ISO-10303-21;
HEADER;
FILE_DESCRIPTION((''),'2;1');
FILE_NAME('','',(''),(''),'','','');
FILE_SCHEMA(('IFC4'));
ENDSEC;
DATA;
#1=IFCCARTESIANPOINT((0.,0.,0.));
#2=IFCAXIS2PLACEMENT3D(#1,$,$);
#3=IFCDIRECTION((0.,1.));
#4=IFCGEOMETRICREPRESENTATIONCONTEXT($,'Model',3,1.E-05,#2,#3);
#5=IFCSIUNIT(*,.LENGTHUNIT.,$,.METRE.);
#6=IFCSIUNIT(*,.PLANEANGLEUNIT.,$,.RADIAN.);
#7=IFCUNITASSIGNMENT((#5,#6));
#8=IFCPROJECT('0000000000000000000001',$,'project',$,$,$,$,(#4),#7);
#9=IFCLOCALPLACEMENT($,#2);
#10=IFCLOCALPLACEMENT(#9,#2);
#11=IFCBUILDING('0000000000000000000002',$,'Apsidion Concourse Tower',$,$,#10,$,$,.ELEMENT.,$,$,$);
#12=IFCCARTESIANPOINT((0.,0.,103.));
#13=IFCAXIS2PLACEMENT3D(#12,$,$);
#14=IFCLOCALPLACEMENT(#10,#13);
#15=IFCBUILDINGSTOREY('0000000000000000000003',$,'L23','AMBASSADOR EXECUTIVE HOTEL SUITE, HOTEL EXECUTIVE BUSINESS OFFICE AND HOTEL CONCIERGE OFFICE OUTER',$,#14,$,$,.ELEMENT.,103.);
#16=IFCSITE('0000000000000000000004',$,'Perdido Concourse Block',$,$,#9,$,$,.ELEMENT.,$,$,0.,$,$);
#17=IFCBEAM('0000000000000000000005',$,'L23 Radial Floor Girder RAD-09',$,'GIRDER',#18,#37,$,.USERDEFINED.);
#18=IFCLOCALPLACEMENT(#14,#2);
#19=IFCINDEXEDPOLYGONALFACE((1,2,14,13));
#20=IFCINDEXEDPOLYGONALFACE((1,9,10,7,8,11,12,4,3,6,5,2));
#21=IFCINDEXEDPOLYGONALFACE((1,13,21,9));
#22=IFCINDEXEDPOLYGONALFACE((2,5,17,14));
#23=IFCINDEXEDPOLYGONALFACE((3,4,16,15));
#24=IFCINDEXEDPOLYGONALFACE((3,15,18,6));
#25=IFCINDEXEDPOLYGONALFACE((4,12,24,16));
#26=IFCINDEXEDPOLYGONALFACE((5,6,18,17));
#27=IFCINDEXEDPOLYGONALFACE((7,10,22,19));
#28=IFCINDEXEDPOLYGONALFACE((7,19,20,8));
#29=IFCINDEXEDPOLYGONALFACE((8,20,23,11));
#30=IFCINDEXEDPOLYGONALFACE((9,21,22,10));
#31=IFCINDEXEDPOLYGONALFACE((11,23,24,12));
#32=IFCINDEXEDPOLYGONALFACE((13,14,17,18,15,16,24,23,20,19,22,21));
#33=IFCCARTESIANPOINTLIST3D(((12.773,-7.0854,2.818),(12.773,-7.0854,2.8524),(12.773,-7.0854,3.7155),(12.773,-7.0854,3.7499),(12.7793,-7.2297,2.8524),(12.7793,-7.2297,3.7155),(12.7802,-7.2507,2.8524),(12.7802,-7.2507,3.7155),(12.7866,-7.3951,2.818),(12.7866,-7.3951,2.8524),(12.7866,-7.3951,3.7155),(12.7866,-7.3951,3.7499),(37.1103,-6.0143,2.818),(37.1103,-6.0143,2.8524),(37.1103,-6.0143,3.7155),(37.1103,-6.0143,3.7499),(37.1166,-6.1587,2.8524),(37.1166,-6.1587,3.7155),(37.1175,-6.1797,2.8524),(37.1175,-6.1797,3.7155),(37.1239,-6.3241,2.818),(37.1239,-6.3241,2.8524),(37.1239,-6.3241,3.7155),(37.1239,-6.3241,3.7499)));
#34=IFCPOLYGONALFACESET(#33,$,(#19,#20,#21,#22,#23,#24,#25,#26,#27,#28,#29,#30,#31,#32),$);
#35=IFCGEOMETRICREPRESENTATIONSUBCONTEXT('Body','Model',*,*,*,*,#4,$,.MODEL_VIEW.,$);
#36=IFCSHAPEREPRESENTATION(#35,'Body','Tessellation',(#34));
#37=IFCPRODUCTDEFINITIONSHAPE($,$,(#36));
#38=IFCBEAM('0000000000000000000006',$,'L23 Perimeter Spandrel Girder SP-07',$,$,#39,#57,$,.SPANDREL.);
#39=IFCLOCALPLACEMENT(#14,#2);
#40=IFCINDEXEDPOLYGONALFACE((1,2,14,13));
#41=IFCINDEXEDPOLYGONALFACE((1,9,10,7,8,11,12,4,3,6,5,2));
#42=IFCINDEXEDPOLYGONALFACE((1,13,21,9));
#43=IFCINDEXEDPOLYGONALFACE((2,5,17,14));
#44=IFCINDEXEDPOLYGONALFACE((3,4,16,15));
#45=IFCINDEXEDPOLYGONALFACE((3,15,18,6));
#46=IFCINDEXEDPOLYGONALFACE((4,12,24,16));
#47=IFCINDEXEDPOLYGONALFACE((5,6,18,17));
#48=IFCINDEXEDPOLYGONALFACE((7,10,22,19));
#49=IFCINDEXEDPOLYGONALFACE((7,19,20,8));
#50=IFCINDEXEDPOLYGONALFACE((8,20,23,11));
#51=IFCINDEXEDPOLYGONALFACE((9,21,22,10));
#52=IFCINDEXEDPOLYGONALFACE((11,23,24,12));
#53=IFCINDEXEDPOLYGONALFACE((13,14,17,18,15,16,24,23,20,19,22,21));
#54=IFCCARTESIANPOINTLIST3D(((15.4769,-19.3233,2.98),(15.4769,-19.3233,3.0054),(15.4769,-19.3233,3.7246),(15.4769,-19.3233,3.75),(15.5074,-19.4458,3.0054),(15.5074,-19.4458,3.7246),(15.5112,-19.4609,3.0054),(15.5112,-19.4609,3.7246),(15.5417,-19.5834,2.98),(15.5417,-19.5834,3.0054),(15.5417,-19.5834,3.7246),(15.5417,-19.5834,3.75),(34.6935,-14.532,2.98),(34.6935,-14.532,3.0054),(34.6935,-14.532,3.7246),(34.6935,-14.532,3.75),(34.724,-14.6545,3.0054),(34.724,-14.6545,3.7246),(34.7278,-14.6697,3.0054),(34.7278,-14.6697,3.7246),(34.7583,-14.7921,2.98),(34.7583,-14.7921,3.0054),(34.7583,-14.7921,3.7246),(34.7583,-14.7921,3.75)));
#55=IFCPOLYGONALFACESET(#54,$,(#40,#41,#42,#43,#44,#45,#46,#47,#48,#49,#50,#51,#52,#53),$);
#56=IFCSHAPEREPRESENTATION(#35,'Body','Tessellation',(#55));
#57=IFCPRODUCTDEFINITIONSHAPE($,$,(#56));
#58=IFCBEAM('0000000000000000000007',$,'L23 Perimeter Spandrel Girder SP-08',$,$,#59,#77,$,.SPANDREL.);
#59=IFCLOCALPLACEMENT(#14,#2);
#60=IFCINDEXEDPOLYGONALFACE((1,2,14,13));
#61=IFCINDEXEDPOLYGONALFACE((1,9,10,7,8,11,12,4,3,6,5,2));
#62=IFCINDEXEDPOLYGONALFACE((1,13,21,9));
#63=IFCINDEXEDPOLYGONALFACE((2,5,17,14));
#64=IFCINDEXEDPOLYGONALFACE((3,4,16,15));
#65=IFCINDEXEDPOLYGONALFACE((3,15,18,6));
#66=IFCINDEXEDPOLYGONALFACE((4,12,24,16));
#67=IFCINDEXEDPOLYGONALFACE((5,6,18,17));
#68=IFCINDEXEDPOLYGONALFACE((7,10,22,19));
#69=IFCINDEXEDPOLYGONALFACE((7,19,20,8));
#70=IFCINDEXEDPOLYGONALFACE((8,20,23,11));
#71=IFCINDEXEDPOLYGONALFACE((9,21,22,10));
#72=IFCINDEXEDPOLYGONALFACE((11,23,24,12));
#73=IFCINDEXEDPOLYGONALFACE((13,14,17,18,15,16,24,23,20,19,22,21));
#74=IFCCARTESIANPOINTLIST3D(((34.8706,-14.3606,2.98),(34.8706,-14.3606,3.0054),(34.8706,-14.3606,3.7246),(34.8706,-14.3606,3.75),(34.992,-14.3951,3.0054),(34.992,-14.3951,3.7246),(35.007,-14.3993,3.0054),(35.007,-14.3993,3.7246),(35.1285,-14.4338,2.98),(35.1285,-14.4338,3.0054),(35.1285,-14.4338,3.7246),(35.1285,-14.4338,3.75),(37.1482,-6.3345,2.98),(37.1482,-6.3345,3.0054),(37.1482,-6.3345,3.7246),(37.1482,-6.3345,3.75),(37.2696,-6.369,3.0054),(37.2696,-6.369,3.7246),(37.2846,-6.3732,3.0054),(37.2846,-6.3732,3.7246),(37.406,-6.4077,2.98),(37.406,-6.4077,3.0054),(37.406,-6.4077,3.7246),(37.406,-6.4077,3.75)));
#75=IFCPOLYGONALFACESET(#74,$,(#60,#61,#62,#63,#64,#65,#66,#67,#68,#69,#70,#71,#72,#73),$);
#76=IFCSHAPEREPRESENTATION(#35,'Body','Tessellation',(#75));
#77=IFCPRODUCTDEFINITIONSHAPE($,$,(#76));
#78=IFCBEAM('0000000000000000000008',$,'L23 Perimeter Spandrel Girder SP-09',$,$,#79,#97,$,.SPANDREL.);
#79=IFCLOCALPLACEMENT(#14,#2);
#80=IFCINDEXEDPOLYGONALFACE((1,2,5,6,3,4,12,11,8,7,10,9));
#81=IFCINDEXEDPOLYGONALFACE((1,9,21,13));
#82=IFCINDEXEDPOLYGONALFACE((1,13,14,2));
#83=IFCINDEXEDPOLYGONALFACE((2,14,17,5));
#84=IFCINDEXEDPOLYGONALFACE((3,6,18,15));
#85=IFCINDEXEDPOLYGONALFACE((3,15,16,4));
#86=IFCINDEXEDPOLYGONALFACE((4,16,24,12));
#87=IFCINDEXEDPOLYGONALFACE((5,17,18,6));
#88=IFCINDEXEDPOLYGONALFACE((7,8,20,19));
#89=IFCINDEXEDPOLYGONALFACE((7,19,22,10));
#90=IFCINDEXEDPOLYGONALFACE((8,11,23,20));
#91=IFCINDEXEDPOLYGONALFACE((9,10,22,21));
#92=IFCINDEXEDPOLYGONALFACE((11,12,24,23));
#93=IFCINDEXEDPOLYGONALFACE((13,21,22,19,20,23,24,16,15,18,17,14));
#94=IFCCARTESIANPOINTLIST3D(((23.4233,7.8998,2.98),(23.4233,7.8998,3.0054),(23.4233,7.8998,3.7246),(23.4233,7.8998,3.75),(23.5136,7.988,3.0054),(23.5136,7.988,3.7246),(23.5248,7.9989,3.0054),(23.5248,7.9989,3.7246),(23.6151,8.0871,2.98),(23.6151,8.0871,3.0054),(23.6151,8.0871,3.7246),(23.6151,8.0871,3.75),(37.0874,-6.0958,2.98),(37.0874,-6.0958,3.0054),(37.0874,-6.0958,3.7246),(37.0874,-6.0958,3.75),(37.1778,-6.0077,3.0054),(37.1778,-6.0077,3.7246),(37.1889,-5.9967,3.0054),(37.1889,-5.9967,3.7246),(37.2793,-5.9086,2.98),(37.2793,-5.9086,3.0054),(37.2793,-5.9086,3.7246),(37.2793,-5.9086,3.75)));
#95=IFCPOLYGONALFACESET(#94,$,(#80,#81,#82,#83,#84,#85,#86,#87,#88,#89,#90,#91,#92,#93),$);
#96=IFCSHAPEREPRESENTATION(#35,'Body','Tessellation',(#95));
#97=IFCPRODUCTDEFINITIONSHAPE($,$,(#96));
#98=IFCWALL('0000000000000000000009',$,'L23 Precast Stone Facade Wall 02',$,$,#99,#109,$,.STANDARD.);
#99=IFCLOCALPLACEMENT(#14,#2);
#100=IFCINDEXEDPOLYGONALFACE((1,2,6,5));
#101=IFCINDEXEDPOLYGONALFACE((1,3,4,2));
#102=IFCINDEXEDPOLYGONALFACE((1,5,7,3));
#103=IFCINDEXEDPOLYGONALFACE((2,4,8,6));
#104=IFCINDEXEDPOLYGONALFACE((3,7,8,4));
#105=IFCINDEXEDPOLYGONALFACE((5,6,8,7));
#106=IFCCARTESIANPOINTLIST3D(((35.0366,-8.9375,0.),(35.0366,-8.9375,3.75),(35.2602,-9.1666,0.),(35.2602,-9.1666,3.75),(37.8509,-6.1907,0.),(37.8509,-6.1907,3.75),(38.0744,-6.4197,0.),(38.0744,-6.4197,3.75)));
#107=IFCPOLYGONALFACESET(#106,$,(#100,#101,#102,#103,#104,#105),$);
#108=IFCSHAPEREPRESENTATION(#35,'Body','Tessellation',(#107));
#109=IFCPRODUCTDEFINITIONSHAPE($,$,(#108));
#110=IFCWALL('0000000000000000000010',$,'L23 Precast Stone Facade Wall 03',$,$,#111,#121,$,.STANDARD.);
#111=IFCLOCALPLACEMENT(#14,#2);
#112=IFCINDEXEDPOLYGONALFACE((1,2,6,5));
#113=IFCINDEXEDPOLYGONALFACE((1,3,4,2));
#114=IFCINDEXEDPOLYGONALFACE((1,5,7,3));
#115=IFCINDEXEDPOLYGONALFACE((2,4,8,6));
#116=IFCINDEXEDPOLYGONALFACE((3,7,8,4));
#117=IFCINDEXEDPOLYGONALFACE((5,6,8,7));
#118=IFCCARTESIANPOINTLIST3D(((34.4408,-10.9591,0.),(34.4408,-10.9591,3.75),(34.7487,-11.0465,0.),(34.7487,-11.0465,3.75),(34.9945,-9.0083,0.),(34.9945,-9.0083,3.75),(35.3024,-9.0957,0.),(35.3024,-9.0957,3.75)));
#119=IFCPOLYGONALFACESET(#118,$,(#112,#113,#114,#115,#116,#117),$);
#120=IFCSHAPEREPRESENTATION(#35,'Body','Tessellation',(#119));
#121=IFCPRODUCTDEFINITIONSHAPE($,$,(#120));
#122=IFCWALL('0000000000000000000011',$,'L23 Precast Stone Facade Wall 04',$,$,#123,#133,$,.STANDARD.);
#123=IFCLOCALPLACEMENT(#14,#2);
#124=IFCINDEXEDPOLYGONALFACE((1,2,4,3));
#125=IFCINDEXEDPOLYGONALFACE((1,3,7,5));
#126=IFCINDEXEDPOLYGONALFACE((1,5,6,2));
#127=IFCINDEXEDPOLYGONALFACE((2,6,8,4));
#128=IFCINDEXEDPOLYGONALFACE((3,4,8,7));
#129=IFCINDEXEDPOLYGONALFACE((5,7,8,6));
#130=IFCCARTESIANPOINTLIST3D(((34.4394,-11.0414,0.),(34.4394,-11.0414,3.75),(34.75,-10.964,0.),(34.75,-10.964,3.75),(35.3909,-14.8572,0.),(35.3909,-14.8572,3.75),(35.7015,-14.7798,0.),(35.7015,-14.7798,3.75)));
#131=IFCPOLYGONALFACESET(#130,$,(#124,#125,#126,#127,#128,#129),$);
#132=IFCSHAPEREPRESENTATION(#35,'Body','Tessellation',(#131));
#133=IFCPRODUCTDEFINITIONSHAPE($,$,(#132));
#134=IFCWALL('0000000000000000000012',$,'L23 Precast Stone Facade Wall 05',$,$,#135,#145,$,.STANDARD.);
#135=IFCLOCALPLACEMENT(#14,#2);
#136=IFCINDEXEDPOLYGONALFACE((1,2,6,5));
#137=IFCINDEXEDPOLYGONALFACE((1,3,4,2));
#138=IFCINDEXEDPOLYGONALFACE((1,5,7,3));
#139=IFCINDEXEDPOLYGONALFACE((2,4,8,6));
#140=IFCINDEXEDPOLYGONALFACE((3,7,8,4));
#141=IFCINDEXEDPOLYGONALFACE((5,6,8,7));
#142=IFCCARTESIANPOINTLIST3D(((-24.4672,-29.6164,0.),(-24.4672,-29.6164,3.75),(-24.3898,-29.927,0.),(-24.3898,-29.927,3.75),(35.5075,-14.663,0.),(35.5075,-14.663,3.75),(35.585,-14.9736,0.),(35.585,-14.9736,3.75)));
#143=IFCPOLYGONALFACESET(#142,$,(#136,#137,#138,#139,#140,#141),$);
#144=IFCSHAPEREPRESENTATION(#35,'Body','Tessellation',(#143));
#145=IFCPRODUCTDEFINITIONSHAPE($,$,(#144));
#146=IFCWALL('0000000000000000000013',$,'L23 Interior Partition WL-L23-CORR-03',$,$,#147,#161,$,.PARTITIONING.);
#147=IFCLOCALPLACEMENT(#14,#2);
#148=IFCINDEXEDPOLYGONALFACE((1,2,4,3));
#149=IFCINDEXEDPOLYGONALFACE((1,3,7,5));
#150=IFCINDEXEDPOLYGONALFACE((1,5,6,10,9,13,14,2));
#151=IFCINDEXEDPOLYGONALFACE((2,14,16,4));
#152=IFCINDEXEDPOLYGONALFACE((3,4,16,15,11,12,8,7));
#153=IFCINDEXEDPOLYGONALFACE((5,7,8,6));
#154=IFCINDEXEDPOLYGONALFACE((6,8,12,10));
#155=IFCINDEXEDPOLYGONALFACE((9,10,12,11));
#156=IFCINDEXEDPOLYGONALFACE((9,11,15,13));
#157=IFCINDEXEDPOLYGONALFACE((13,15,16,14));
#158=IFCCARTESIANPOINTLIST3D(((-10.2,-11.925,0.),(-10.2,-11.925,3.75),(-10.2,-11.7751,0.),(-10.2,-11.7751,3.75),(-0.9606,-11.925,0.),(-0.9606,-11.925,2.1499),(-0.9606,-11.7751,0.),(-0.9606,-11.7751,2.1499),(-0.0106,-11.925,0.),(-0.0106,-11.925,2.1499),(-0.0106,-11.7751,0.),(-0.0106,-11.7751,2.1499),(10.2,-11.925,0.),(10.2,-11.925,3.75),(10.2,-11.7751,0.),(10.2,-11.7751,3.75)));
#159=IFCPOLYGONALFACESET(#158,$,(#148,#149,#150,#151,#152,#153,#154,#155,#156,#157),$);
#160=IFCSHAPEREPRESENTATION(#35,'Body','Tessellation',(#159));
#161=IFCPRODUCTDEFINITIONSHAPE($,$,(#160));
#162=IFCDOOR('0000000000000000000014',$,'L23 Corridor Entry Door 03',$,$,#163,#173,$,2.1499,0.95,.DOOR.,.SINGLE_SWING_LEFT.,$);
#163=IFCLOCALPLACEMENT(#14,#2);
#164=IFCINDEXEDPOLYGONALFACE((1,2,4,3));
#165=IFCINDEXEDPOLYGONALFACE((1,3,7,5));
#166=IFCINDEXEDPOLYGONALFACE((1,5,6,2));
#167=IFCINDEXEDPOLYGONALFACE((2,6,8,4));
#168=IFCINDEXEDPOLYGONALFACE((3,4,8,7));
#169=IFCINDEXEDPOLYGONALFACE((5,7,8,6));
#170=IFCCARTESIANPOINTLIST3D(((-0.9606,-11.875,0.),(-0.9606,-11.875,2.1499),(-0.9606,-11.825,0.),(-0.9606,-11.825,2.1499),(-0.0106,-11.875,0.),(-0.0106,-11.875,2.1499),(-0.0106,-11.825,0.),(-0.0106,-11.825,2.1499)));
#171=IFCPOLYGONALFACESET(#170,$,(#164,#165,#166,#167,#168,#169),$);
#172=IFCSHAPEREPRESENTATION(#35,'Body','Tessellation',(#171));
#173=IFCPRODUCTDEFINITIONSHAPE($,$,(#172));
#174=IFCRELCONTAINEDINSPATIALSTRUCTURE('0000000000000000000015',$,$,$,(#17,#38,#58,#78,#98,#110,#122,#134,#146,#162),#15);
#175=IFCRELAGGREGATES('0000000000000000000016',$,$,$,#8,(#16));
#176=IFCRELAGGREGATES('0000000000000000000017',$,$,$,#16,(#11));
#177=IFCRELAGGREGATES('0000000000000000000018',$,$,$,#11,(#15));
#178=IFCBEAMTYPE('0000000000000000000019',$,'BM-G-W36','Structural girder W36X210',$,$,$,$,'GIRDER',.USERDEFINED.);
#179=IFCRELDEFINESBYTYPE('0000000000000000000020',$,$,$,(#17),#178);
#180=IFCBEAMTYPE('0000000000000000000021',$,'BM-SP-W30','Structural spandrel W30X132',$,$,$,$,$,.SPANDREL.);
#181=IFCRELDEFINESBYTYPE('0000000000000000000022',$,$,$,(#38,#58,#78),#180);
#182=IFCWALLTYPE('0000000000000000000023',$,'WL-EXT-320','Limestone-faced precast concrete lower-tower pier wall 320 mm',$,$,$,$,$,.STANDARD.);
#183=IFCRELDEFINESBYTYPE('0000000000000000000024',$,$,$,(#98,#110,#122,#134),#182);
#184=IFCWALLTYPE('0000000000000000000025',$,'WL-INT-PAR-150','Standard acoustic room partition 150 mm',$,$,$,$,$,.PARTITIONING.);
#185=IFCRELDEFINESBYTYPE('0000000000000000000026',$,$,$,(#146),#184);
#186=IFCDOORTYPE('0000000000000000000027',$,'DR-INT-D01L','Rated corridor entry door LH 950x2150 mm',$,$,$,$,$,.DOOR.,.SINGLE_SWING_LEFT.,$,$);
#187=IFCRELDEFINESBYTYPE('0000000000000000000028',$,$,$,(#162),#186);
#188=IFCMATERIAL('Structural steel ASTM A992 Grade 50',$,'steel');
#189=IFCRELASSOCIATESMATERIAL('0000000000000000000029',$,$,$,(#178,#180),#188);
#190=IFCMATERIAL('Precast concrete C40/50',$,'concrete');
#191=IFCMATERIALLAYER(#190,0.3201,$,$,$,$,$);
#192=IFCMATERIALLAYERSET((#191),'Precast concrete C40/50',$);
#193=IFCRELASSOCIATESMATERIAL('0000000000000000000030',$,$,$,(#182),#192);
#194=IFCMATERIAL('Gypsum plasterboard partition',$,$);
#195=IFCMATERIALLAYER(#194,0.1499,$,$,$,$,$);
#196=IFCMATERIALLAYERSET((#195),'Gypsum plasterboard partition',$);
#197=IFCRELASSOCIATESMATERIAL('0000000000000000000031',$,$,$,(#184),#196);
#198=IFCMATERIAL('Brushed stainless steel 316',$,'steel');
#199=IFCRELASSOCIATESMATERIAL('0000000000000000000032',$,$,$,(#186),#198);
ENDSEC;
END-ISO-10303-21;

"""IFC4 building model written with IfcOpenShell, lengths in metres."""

from ifc_helpers import new_model, si_unit, direction, frame, frame_2d, origin, origin_2d, place, context, subcontext, project, spatial, rectangle, i_section, extrude, material, layer, layer_set, material_profile, profile_set, type_object, element, fill, save


model = new_model("IFC4")

# Units and contexts
model_context = context("Model", 3, precision=1e-05, world=origin(), true_north=direction((0.0, 1.0)))
body_context = subcontext(model_context, "Body", "Model", "MODEL_VIEW")
ifc_project = project(units=[si_unit("LENGTHUNIT", "METRE"), si_unit("PLANEANGLEUNIT", "RADIAN")], contexts=[model_context])

# Site, building, storey
site_placement = place(None, origin())
site = spatial("IfcSite", under=ifc_project, at=site_placement, Name="Perdido Concourse Block", CompositionType="ELEMENT", RefElevation=0.0)
building_placement = place(site_placement, origin())
building = spatial("IfcBuilding", under=site, at=building_placement, Name="Apsidion Concourse Tower", CompositionType="ELEMENT")
storey_placement = place(building_placement, frame((0.0, 0.0, 103.0)))
storey = spatial("IfcBuildingStorey", under=building, at=storey_placement, Name="L23", Description="AMBASSADOR EXECUTIVE HOTEL SUITE, HOTEL EXECUTIVE BUSINESS OFFICE AND HOTEL CONCIERGE OFFICE OUTER", CompositionType="ELEMENT", Elevation=103.0)

# Beams
ifc_material_1 = material(Name="Structural steel ASTM A992 Grade 50", Category="steel")
ifc_material_profile_1 = material_profile(ifc_material_1, i_section(OverallWidth=0.3101, OverallDepth=0.9319, WebThickness=0.021, FlangeThickness=0.0344, at=origin_2d()), Name="W36X210")
ifc_profile_set_1 = profile_set([ifc_material_profile_1], Name="Structural steel ASTM A992 Grade 50")
beam_type_1 = type_object("IfcBeamType", Name="BM-G-W36", Description="Structural girder W36X210", ElementType="GIRDER", PredefinedType="USERDEFINED", material=ifc_profile_set_1)
beam_1_placement = place(storey_placement, frame((12.7798, -7.2402, 3.2839), z_axis=(0.999033, 0.043966, 0.0), x_axis=(-0.043966, 0.999033, 0.0)))
element("IfcBeam", 1, at=beam_1_placement, inside=storey, type_object=beam_type_1, Name="L23 Radial Floor Girder RAD-09", ObjectType="GIRDER", PredefinedType="USERDEFINED", context=body_context, shape_type="SweptSolid", body=[
    extrude(i_section(OverallWidth=0.3101, OverallDepth=0.9319, WebThickness=0.021, FlangeThickness=0.0344, at=origin_2d()), origin(), (0.0, 0.0, 1.0), 24.3608),
])
ifc_material_profile_2 = material_profile(ifc_material_1, i_section(OverallWidth=0.2681, OverallDepth=0.77, WebThickness=0.0156, FlangeThickness=0.0254, at=origin_2d()), Name="W30X132")
ifc_profile_set_2 = profile_set([ifc_material_profile_2], Name="Structural steel ASTM A992 Grade 50")
beam_type_2 = type_object("IfcBeamType", Name="BM-SP-W30", Description="Structural spandrel W30X132", PredefinedType="SPANDREL", material=ifc_profile_set_2)
beam_2_placement = place(storey_placement, frame((15.5093, -19.4534, 3.365), z_axis=(0.970295, 0.241924, 0.0), x_axis=(-0.241924, 0.970295, 0.0)))
element("IfcBeam", 2, at=beam_2_placement, inside=storey, type_object=beam_type_2, Name="L23 Perimeter Spandrel Girder SP-07", PredefinedType="SPANDREL", context=body_context, shape_type="SweptSolid", body=[
    extrude(i_section(OverallWidth=0.2681, OverallDepth=0.77, WebThickness=0.0156, FlangeThickness=0.0254, at=origin_2d()), origin(), (0.0, 0.0, 1.0), 19.8049),
])
beam_3_placement = place(storey_placement, frame((34.9995, -14.3972, 3.365), z_axis=(0.272993, 0.962016, 0.0), x_axis=(-0.962016, 0.272993, 0.0)))
element("IfcBeam", 3, at=beam_3_placement, inside=storey, type_object=beam_type_2, Name="L23 Perimeter Spandrel Girder SP-08", PredefinedType="SPANDREL", context=body_context, shape_type="SweptSolid", body=[
    extrude(i_section(OverallWidth=0.2681, OverallDepth=0.77, WebThickness=0.0156, FlangeThickness=0.0254, at=origin_2d()), origin(), (0.0, 0.0, 1.0), 8.343),
])
beam_4_placement = place(storey_placement, frame((37.1833, -6.0022, 3.365), z_axis=(-0.698581, 0.715531, 0.0), x_axis=(-0.715531, -0.698581, 0.0)))
element("IfcBeam", 4, at=beam_4_placement, inside=storey, type_object=beam_type_2, Name="L23 Perimeter Spandrel Girder SP-09", PredefinedType="SPANDREL", context=body_context, shape_type="SweptSolid", body=[
    extrude(i_section(OverallWidth=0.2681, OverallDepth=0.77, WebThickness=0.0156, FlangeThickness=0.0254, at=origin_2d()), origin(), (0.0, 0.0, 1.0), 19.5598),
])

# Walls
ifc_material_2 = material(Name="Precast concrete C40/50", Category="concrete")
ifc_layer_1 = layer(ifc_material_2, 0.3201)
ifc_layer_set_1 = layer_set([ifc_layer_1], Name="Precast concrete C40/50")
wall_type_1 = type_object("IfcWallType", Name="WL-EXT-320", Description="Limestone-faced precast concrete lower-tower pier wall 320 mm", PredefinedType="STANDARD", material=ifc_layer_set_1)
wall_1_placement = place(storey_placement, frame((37.9626, -6.3052, 0.0), z_axis=(0.0, 0.0, 1.0), x_axis=(-0.715622, -0.698488, 0.0)))
element("IfcWall", 5, at=wall_1_placement, inside=storey, type_object=wall_type_1, Name="L23 Precast Stone Facade Wall 02", PredefinedType="STANDARD", context=body_context, shape_type="SweptSolid", body=[
    extrude(rectangle(XDim=3.9326, YDim=0.3201, at=frame_2d((1.9663, 0.0))), origin(), (0.0, 0.0, 1.0), 3.75),
])
wall_2_placement = place(storey_placement, frame((35.1484, -9.052, 0.0), z_axis=(0.0, 0.0, 1.0), x_axis=(-0.273067, -0.961995, 0.0)))
element("IfcWall", 6, at=wall_2_placement, inside=storey, type_object=wall_type_1, Name="L23 Precast Stone Facade Wall 03", PredefinedType="STANDARD", context=body_context, shape_type="SweptSolid", body=[
    extrude(rectangle(XDim=2.0278, YDim=0.3201, at=frame_2d((1.0139, 0.0))), origin(), (0.0, 0.0, 1.0), 3.75),
])
wall_3_placement = place(storey_placement, frame((34.5947, -11.0027, 0.0), z_axis=(0.0, 0.0, 1.0), x_axis=(0.241937, -0.970292, 0.0)))
element("IfcWall", 7, at=wall_3_placement, inside=storey, type_object=wall_type_1, Name="L23 Precast Stone Facade Wall 04", PredefinedType="STANDARD", context=body_context, shape_type="SweptSolid", body=[
    extrude(rectangle(XDim=3.9326, YDim=0.3201, at=frame_2d((1.9663, 0.0))), origin(), (0.0, 0.0, 1.0), 3.75),
])
wall_4_placement = place(storey_placement, frame((35.5461, -14.8184, 0.0), z_axis=(0.0, 0.0, 1.0), x_axis=(-0.970296, -0.241921, 0.0)))
element("IfcWall", 8, at=wall_4_placement, inside=storey, type_object=wall_type_1, Name="L23 Precast Stone Facade Wall 05", PredefinedType="STANDARD", context=body_context, shape_type="SweptSolid", body=[
    extrude(rectangle(XDim=61.8108, YDim=0.3201, at=frame_2d((30.9053, 0.0))), origin(), (0.0, 0.0, 1.0), 3.75),
])

# Wall, opening, door
ifc_material_3 = material(Name="Gypsum plasterboard partition")
ifc_layer_2 = layer(ifc_material_3, 0.1499)
ifc_layer_set_2 = layer_set([ifc_layer_2], Name="Gypsum plasterboard partition")
wall_type_2 = type_object("IfcWallType", Name="WL-INT-PAR-150", Description="Standard acoustic room partition 150 mm", PredefinedType="PARTITIONING", material=ifc_layer_set_2)
wall_5_placement = place(storey_placement, frame((10.2, -11.8501, 0.0), z_axis=(0.0, 0.0, 1.0), x_axis=(-1.0, 0.0, 0.0)))
wall_5 = element("IfcWall", 9, at=wall_5_placement, inside=storey, type_object=wall_type_2, Name="L23 Interior Partition WL-L23-CORR-03", PredefinedType="PARTITIONING", context=body_context, shape_type="SweptSolid", body=[
    extrude(rectangle(XDim=20.3999, YDim=0.1499, at=frame_2d((10.2, 0.0))), origin(), (0.0, 0.0, 1.0), 3.75),
])
opening_1_placement = place(wall_5_placement, frame((10.2104, 0.0, 0.0)))
opening_1 = element("IfcOpeningElement", 10, at=opening_1_placement, cuts=wall_5, PredefinedType="OPENING", context=body_context, shape_type="SweptSolid", body=[
    extrude(rectangle(XDim=0.95, YDim=2.1499, at=frame_2d((0.4751, 1.075))), frame((0.0, 0.085, 0.0), z_axis=(0.0, -1.0, 0.0), x_axis=(1.0, 0.0, 0.0)), (0.0, 0.0, 1.0), 0.1699),
])
ifc_material_4 = material(Name="Brushed stainless steel 316", Category="steel")
door_type_1 = type_object("IfcDoorType", Name="DR-INT-D01L", Description="Rated corridor entry door LH 950x2150 mm", OperationType="SINGLE_SWING_LEFT", PredefinedType="DOOR", material=ifc_material_4)
door_1_placement = place(opening_1_placement, origin())
door_1 = element("IfcDoor", 11, at=door_1_placement, inside=storey, type_object=door_type_1, Name="L23 Corridor Entry Door 03", OperationType="SINGLE_SWING_LEFT", OverallHeight=2.1499, OverallWidth=0.95, PredefinedType="DOOR", context=body_context, shape_type="SweptSolid", body=[
    extrude(rectangle(XDim=0.95, YDim=2.1499, at=frame_2d((0.4751, 1.075))), frame((0.0, 0.0249, 0.0), z_axis=(0.0, -1.0, 0.0), x_axis=(1.0, 0.0, 0.0)), (0.0, 0.0, 1.0), 0.05),
])
fill(opening_1, door_1)

save(model, "model.ifc")
